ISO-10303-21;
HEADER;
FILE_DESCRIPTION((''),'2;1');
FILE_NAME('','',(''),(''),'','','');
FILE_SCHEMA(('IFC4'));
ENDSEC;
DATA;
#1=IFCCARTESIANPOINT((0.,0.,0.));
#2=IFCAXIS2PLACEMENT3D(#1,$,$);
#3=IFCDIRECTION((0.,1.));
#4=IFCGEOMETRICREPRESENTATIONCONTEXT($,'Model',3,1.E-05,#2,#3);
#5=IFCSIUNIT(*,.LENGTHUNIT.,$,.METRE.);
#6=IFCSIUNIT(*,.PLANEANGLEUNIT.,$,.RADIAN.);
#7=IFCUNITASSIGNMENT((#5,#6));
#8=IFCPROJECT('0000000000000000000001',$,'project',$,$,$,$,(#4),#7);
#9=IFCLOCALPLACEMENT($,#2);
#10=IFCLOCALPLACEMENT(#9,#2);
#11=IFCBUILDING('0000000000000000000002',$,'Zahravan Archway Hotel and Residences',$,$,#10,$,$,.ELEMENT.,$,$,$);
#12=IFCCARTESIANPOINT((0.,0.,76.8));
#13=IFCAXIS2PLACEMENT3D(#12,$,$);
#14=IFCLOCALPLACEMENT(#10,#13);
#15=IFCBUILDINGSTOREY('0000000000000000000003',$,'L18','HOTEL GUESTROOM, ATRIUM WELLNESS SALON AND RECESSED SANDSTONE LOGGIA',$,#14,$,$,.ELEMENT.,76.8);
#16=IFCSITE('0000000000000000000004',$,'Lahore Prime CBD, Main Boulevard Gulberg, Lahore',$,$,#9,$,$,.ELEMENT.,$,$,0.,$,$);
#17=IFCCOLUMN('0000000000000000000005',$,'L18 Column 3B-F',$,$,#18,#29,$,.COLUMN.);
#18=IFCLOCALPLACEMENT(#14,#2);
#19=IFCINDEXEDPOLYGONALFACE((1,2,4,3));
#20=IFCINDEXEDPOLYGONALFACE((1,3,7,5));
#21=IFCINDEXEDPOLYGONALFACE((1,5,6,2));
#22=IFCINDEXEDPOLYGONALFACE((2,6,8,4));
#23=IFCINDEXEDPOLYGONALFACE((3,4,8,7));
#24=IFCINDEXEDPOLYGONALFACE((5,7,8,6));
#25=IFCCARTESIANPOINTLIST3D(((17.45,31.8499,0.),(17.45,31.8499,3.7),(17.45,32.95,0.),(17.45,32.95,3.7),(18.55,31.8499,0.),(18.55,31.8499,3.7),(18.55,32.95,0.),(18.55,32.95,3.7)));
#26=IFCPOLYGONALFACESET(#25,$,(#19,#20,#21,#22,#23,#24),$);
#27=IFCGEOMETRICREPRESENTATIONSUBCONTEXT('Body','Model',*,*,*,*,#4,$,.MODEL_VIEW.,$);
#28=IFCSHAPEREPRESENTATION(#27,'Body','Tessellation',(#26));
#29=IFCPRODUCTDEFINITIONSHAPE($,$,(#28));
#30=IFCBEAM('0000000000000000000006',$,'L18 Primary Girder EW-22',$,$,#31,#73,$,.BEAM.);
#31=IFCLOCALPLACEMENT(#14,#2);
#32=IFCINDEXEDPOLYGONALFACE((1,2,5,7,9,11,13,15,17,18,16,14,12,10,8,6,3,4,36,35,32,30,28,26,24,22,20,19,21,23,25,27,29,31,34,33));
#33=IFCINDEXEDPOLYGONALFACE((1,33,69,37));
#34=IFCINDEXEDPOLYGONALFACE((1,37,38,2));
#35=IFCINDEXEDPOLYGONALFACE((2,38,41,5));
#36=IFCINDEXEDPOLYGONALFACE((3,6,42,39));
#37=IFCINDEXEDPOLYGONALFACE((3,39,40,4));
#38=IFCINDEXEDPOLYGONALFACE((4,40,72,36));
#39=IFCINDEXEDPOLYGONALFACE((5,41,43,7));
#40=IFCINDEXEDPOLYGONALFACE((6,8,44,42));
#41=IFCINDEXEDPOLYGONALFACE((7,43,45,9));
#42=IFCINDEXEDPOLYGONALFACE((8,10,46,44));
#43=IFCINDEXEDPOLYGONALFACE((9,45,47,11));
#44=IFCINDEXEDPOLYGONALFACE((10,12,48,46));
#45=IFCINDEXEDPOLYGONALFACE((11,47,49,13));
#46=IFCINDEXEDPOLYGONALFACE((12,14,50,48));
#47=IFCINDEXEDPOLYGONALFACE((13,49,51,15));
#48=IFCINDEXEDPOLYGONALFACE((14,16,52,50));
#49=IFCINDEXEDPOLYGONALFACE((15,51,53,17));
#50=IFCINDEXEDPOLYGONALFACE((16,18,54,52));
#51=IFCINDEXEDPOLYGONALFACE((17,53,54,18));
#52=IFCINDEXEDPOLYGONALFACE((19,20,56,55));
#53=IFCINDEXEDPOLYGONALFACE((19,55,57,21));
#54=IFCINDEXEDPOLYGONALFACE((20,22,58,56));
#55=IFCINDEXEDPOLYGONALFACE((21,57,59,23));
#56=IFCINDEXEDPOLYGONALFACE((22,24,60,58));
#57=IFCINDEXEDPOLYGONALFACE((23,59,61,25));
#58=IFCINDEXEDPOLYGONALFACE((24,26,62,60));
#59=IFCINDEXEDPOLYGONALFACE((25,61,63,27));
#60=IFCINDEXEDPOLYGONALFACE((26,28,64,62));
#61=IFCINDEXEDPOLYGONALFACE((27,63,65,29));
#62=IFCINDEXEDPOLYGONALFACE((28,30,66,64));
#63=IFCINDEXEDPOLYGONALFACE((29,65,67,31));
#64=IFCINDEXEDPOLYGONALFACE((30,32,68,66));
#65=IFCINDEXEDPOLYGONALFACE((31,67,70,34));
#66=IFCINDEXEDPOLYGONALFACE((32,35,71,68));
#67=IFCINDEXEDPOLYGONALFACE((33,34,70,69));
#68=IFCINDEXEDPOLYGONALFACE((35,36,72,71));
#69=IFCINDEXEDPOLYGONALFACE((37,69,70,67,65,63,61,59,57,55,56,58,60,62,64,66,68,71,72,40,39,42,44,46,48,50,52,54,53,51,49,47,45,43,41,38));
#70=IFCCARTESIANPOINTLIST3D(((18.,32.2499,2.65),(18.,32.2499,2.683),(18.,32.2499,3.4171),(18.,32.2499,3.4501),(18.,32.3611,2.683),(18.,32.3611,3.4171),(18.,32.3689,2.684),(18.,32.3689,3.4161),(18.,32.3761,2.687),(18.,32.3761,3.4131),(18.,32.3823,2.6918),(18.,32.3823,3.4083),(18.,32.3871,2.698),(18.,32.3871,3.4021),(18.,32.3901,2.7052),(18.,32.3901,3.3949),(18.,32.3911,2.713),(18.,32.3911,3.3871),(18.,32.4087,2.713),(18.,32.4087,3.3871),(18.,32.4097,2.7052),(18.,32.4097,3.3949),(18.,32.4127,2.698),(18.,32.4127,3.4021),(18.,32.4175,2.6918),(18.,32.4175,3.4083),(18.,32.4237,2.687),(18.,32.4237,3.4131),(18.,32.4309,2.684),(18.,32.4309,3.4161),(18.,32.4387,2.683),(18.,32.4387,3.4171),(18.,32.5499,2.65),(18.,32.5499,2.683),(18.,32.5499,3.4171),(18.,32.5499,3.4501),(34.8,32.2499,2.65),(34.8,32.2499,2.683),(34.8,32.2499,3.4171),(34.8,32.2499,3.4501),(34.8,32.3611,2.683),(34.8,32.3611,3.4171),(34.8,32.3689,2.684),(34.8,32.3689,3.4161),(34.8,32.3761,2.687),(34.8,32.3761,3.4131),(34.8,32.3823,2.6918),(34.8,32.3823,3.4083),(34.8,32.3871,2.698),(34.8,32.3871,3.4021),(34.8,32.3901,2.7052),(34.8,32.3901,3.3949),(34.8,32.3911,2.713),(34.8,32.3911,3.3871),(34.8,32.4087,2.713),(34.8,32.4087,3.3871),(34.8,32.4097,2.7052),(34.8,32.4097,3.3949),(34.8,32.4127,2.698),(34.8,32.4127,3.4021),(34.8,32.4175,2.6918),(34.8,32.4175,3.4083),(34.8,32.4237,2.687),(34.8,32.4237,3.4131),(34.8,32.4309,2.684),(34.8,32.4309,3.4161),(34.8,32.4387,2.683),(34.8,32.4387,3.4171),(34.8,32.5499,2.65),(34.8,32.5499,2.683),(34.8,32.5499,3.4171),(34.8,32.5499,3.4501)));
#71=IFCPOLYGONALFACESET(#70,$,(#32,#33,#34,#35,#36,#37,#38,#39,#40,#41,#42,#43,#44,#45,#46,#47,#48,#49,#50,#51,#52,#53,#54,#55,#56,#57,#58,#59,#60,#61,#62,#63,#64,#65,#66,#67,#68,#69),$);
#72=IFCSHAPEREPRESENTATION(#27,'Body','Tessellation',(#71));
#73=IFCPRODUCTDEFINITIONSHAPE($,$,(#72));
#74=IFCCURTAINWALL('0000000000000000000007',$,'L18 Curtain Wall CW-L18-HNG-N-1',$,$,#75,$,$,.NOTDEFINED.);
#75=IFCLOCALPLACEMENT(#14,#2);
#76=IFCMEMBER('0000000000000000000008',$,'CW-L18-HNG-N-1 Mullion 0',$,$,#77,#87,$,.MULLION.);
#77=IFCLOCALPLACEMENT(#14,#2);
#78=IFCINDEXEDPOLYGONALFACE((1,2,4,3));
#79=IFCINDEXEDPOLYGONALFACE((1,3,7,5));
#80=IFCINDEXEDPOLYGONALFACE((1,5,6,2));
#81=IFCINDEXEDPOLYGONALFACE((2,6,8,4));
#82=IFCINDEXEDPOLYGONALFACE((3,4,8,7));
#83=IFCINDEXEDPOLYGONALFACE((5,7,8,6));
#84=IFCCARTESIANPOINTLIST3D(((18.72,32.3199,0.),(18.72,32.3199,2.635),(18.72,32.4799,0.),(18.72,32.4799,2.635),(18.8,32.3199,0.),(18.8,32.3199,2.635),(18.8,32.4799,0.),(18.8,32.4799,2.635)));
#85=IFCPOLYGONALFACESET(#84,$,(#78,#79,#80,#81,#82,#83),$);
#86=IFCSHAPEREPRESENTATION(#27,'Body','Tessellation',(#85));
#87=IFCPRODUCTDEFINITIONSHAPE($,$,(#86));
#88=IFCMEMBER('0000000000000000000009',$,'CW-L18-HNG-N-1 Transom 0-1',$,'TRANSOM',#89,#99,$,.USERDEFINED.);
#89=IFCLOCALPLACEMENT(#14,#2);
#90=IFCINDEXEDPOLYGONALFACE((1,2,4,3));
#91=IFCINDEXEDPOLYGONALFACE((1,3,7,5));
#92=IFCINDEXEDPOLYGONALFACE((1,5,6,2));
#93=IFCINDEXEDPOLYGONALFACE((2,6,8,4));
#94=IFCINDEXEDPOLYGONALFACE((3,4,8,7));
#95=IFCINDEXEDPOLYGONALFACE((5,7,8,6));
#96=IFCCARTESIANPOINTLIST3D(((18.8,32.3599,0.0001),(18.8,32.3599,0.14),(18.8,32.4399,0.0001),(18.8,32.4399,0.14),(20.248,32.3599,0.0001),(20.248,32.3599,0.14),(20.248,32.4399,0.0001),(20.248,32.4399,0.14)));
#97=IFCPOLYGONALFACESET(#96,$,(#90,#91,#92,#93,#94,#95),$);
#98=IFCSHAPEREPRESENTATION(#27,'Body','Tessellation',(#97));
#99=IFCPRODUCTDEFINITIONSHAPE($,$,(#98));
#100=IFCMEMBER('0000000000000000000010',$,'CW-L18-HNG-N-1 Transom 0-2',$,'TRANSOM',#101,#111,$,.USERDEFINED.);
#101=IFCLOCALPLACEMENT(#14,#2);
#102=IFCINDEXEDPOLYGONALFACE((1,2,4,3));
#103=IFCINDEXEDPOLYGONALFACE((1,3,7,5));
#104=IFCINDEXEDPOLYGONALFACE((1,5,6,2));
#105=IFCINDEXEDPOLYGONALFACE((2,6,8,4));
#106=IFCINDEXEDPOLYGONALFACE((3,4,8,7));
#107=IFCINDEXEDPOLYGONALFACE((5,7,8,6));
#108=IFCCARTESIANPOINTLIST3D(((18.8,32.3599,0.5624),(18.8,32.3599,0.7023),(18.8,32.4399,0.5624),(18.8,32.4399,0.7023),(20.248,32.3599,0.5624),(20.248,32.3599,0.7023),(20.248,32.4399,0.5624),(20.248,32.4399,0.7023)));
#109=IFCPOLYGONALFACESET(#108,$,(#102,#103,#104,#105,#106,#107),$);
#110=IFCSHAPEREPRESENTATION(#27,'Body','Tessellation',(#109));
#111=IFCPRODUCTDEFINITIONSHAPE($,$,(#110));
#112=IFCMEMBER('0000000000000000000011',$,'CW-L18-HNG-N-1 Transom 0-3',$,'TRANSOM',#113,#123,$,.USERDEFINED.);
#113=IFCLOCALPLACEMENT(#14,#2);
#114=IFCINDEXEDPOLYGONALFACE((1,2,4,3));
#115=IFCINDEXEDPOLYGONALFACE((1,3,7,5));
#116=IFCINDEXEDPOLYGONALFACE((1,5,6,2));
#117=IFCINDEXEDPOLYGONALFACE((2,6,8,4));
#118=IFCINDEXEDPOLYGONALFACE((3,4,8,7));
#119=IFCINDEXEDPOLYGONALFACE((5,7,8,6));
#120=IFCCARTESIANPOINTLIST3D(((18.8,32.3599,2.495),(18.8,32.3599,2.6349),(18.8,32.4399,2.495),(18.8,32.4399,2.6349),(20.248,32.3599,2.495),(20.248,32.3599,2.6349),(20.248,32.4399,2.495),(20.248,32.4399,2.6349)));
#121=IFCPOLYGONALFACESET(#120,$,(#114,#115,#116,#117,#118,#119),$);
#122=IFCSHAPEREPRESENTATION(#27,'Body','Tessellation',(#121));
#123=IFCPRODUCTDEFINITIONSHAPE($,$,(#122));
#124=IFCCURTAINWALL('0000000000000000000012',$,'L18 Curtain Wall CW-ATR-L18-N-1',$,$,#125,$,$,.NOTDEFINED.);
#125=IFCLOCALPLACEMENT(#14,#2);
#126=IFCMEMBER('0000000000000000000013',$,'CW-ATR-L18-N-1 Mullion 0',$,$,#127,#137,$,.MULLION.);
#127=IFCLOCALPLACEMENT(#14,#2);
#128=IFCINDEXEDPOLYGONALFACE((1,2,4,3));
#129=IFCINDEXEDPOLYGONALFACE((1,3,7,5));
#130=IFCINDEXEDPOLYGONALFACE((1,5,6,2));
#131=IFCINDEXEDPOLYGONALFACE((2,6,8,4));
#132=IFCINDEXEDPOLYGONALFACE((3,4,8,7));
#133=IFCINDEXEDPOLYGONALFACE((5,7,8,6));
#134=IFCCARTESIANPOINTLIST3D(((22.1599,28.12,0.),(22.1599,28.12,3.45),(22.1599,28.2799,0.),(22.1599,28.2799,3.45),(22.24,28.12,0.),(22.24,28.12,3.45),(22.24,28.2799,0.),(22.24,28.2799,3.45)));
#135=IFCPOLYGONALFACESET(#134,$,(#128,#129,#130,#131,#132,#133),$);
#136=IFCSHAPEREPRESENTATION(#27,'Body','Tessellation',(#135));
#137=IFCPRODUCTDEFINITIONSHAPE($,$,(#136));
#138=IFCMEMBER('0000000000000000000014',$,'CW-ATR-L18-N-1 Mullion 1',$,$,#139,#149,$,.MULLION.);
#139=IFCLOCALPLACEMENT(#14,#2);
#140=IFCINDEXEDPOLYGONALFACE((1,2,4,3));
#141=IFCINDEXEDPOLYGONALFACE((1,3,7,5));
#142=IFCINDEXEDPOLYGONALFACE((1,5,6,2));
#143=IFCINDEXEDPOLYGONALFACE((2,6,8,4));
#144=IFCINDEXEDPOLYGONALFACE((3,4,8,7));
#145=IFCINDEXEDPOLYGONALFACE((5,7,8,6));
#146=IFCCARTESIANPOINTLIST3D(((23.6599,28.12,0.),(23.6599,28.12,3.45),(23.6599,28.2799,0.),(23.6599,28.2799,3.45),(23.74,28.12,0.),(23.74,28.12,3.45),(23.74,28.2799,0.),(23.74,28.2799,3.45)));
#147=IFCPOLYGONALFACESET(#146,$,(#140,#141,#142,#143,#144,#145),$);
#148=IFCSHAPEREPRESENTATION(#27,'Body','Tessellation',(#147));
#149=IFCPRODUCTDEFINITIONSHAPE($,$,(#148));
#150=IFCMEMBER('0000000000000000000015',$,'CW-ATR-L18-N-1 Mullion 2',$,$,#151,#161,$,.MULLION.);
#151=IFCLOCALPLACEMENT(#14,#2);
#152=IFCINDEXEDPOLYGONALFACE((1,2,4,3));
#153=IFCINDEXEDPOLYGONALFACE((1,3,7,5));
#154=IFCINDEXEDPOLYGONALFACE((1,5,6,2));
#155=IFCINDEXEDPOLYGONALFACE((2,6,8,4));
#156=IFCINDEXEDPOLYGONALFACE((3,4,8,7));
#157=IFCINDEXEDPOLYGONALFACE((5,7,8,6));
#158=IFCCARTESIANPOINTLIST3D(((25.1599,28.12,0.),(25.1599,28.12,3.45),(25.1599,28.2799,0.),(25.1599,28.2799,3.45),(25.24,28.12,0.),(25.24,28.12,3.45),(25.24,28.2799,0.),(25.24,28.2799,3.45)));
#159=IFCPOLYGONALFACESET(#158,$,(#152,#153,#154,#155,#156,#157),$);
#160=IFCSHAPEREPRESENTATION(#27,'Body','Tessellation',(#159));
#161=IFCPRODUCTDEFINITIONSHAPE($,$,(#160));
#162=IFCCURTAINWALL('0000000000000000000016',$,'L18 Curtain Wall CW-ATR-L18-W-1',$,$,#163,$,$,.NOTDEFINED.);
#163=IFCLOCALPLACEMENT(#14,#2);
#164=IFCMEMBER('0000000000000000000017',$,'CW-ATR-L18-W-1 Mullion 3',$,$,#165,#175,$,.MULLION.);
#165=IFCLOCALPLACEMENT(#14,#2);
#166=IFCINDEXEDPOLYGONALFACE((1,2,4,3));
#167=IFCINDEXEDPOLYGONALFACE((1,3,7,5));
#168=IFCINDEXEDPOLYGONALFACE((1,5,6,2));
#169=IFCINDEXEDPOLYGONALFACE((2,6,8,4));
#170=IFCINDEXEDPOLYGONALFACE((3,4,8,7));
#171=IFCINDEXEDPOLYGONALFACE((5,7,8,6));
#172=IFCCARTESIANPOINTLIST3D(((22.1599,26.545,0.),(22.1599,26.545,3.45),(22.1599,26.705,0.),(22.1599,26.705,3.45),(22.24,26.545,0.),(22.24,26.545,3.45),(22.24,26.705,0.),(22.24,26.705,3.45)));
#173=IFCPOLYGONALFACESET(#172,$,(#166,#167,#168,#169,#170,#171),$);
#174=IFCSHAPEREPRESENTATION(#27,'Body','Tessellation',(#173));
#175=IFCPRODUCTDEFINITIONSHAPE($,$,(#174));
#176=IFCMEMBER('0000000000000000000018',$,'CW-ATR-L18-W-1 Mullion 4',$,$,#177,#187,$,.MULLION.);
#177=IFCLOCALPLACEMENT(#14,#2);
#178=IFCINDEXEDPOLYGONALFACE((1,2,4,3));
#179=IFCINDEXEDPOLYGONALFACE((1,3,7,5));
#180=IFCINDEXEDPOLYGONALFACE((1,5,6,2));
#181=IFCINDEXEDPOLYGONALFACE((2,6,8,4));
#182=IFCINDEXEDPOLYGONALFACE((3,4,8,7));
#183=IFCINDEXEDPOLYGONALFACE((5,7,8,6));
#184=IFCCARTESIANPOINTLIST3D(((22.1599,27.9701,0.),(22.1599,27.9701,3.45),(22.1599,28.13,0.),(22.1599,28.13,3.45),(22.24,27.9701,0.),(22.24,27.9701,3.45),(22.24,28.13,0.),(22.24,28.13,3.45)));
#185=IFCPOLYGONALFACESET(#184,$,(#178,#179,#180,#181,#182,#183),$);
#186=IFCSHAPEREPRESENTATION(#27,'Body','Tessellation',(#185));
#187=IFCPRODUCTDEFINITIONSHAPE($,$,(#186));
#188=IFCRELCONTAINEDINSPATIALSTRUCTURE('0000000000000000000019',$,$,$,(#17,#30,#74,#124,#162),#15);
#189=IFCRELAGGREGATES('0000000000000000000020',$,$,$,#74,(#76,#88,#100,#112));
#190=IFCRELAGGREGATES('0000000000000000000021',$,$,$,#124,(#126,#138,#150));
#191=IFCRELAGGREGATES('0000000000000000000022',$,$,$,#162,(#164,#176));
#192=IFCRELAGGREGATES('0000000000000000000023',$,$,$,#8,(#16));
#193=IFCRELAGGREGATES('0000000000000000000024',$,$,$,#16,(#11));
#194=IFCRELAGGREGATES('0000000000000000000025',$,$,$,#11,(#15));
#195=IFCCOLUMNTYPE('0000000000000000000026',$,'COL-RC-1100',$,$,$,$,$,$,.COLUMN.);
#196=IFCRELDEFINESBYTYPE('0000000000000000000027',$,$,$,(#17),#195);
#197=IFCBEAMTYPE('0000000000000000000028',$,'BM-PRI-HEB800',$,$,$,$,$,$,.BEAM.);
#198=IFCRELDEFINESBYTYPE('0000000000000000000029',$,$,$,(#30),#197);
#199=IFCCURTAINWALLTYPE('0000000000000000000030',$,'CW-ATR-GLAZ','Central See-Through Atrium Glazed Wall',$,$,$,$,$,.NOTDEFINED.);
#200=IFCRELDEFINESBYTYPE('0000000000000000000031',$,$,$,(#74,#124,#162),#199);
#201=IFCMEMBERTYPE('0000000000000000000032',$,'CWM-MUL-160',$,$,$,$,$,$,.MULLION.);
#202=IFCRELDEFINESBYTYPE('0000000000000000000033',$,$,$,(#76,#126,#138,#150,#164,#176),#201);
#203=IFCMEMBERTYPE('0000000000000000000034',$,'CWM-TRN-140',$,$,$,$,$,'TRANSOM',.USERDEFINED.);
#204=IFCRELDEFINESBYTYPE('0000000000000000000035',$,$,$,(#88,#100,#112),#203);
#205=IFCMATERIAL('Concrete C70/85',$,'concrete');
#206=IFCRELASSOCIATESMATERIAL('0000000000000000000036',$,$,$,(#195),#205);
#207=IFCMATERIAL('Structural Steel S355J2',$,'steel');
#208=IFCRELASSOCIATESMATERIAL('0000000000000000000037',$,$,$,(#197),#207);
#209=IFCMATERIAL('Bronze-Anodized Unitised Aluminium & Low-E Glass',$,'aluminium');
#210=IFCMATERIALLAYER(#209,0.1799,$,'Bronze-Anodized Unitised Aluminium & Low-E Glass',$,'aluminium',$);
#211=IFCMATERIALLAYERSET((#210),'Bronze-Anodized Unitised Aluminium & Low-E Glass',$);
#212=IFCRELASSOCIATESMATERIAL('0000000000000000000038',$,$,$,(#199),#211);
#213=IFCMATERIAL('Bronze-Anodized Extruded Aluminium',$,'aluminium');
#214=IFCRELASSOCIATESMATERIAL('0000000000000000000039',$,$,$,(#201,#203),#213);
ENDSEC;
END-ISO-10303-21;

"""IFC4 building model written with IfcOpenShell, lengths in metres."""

from ifc_helpers import new_model, si_unit, direction, frame, origin, origin_2d, place, context, subcontext, project, spatial, rectangle, i_section, extrude, source, transform, mapped, material, layer, layer_set, material_profile, profile_set, type_object, type_shapes, element, aggregate, save


model = new_model("IFC4")

# Units and contexts
model_context = context("Model", 3, precision=1e-05, world=origin(), true_north=direction((0.0, 1.0)))
body_context = subcontext(model_context, "Body", "Model", "MODEL_VIEW")
ifc_project = project(units=[si_unit("LENGTHUNIT", "METRE"), si_unit("PLANEANGLEUNIT", "RADIAN")], contexts=[model_context])

# Site, building, storey
site_placement = place(None, origin())
site = spatial("IfcSite", under=ifc_project, at=site_placement, Name="Lahore Prime CBD, Main Boulevard Gulberg, Lahore", CompositionType="ELEMENT", RefElevation=0.0)
building_placement = place(site_placement, origin())
building = spatial("IfcBuilding", under=site, at=building_placement, Name="Zahravan Archway Hotel and Residences", CompositionType="ELEMENT")
storey_placement = place(building_placement, frame((0.0, 0.0, 76.8)))
storey = spatial("IfcBuildingStorey", under=building, at=storey_placement, Name="L18", Description="HOTEL GUESTROOM, ATRIUM WELLNESS SALON AND RECESSED SANDSTONE LOGGIA", CompositionType="ELEMENT", Elevation=76.8)

# Column
ifc_material_1 = material(Name="Concrete C70/85", Category="concrete")
ifc_material_profile_1 = material_profile(ifc_material_1, rectangle(XDim=1.1001, YDim=1.1001, at=origin_2d()), Name="RC 1100x1100", Category="concrete")
ifc_profile_set_1 = profile_set([ifc_material_profile_1], Name="Concrete C70/85")
column_type = type_object("IfcColumnType", Name="COL-RC-1100", PredefinedType="COLUMN", material=ifc_profile_set_1)
shared_shape_1 = source(origin(), body_context, "Body", "SweptSolid", [
    extrude(rectangle(XDim=1.1001, YDim=1.1001, at=origin_2d()), origin(), (0.0, 0.0, 1.0), 3.7),
])
column_placement = place(storey_placement, frame((18.0, 32.3999, 0.0), z_axis=(0.0, 0.0, 1.0), x_axis=(1.0, 0.0, 0.0)))
element("IfcColumn", 1, at=column_placement, inside=storey, type_object=column_type, Name="L18 Column 3B-F", PredefinedType="COLUMN", context=body_context, shape_type="MappedRepresentation", body=[
    mapped(shared_shape_1, transform((0.0, 0.0, 0.0), scale=1.0)),
])

# Beam
ifc_material_2 = material(Name="Structural Steel S355J2", Category="steel")
ifc_material_profile_2 = material_profile(ifc_material_2, i_section(OverallWidth=0.3, OverallDepth=0.8, WebThickness=0.0176, FlangeThickness=0.033, FilletRadius=0.03, at=origin_2d()), Name="HEB 800", Category="steel")
ifc_profile_set_2 = profile_set([ifc_material_profile_2], Name="Structural Steel S355J2")
beam_type = type_object("IfcBeamType", Name="BM-PRI-HEB800", PredefinedType="BEAM", material=ifc_profile_set_2)
shared_shape_2 = source(origin(), body_context, "Body", "SweptSolid", [
    extrude(i_section(OverallWidth=0.3, OverallDepth=0.8, WebThickness=0.0176, FlangeThickness=0.033, FilletRadius=0.03, at=origin_2d()), origin(), (0.0, 0.0, 1.0), 16.8),
])
type_shapes(beam_type, [shared_shape_2])
beam_placement = place(storey_placement, frame((18.0, 32.3999, 3.05), z_axis=(1.0, 0.0, 0.0), x_axis=(0.0, 1.0, 0.0)))
element("IfcBeam", 2, at=beam_placement, inside=storey, type_object=beam_type, Name="L18 Primary Girder EW-22", PredefinedType="BEAM", context=body_context, shape_type="MappedRepresentation", body=[
    mapped(shared_shape_2, transform((0.0, 0.0, 0.0), scale=1.0)),
])

# Curtain walls, members
ifc_material_3 = material(Name="Bronze-Anodized Unitised Aluminium & Low-E Glass", Category="aluminium")
ifc_layer_1 = layer(ifc_material_3, 0.1799, Name="Bronze-Anodized Unitised Aluminium & Low-E Glass", Category="aluminium")
ifc_layer_set_1 = layer_set([ifc_layer_1], Name="Bronze-Anodized Unitised Aluminium & Low-E Glass")
curtain_wall_type = type_object("IfcCurtainWallType", Name="CW-ATR-GLAZ", Description="Central See-Through Atrium Glazed Wall", PredefinedType="NOTDEFINED", material=ifc_layer_set_1)
curtain_wall_1_placement = place(storey_placement, origin())
curtain_wall_1 = element("IfcCurtainWall", 3, at=curtain_wall_1_placement, inside=storey, type_object=curtain_wall_type, Name="L18 Curtain Wall CW-L18-HNG-N-1", PredefinedType="NOTDEFINED")
ifc_material_4 = material(Name="Bronze-Anodized Extruded Aluminium", Category="aluminium")
ifc_material_profile_3 = material_profile(ifc_material_4, rectangle(XDim=0.0801, YDim=0.1599, at=origin_2d()), Name="MUL 80x160", Category="aluminium")
ifc_profile_set_3 = profile_set([ifc_material_profile_3], Name="Bronze-Anodized Extruded Aluminium")
member_type_1 = type_object("IfcMemberType", Name="CWM-MUL-160", PredefinedType="MULLION", material=ifc_profile_set_3)
shared_shape_3 = source(origin(), body_context, "Body", "SweptSolid", [
    extrude(rectangle(XDim=0.0801, YDim=0.1599, at=origin_2d()), origin(), (0.0, 0.0, 1.0), 2.635),
])
member_1_placement = place(storey_placement, frame((18.76, 32.3999, 0.0), z_axis=(0.0, 0.0, 1.0), x_axis=(1.0, 0.0, 0.0)))
member_1 = element("IfcMember", 4, at=member_1_placement, type_object=member_type_1, Name="CW-L18-HNG-N-1 Mullion 0", PredefinedType="MULLION", context=body_context, shape_type="MappedRepresentation", body=[
    mapped(shared_shape_3, transform((0.0, 0.0, 0.0), scale=1.0)),
])
ifc_material_profile_4 = material_profile(ifc_material_4, rectangle(XDim=0.0801, YDim=0.1399, at=origin_2d()), Name="TRN 80x140", Category="aluminium")
ifc_profile_set_4 = profile_set([ifc_material_profile_4], Name="Bronze-Anodized Extruded Aluminium")
member_type_2 = type_object("IfcMemberType", Name="CWM-TRN-140", ElementType="TRANSOM", PredefinedType="USERDEFINED", material=ifc_profile_set_4)
shared_shape_4 = source(origin(), body_context, "Body", "SweptSolid", [
    extrude(rectangle(XDim=0.0801, YDim=0.1399, at=origin_2d()), origin(), (0.0, 0.0, 1.0), 1.448),
])
member_2_placement = place(storey_placement, frame((18.8, 32.3999, 0.0701), z_axis=(1.0, 0.0, 0.0), x_axis=(0.0, 1.0, 0.0)))
member_2 = element("IfcMember", 5, at=member_2_placement, type_object=member_type_2, Name="CW-L18-HNG-N-1 Transom 0-1", ObjectType="TRANSOM", PredefinedType="USERDEFINED", context=body_context, shape_type="MappedRepresentation", body=[
    mapped(shared_shape_4, transform((0.0, 0.0, 0.0), scale=1.0)),
])
member_3_placement = place(storey_placement, frame((18.8, 32.3999, 0.6323), z_axis=(1.0, 0.0, 0.0), x_axis=(0.0, 1.0, 0.0)))
member_3 = element("IfcMember", 6, at=member_3_placement, type_object=member_type_2, Name="CW-L18-HNG-N-1 Transom 0-2", ObjectType="TRANSOM", PredefinedType="USERDEFINED", context=body_context, shape_type="MappedRepresentation", body=[
    mapped(shared_shape_4, transform((0.0, 0.0, 0.0), scale=1.0)),
])
member_4_placement = place(storey_placement, frame((18.8, 32.3999, 2.5649), z_axis=(1.0, 0.0, 0.0), x_axis=(0.0, 1.0, 0.0)))
member_4 = element("IfcMember", 7, at=member_4_placement, type_object=member_type_2, Name="CW-L18-HNG-N-1 Transom 0-3", ObjectType="TRANSOM", PredefinedType="USERDEFINED", context=body_context, shape_type="MappedRepresentation", body=[
    mapped(shared_shape_4, transform((0.0, 0.0, 0.0), scale=1.0)),
])
curtain_wall_2_placement = place(storey_placement, origin())
curtain_wall_2 = element("IfcCurtainWall", 8, at=curtain_wall_2_placement, inside=storey, type_object=curtain_wall_type, Name="L18 Curtain Wall CW-ATR-L18-N-1", PredefinedType="NOTDEFINED")
shared_shape_5 = source(origin(), body_context, "Body", "SweptSolid", [
    extrude(rectangle(XDim=0.0801, YDim=0.1599, at=origin_2d()), origin(), (0.0, 0.0, 1.0), 3.45),
])
member_5_placement = place(storey_placement, frame((22.2, 28.2, 0.0), z_axis=(0.0, 0.0, 1.0), x_axis=(1.0, 0.0, 0.0)))
member_5 = element("IfcMember", 9, at=member_5_placement, type_object=member_type_1, Name="CW-ATR-L18-N-1 Mullion 0", PredefinedType="MULLION", context=body_context, shape_type="MappedRepresentation", body=[
    mapped(shared_shape_5, transform((0.0, 0.0, 0.0), scale=1.0)),
])
member_6_placement = place(storey_placement, frame((23.7, 28.2, 0.0), z_axis=(0.0, 0.0, 1.0), x_axis=(1.0, 0.0, 0.0)))
member_6 = element("IfcMember", 10, at=member_6_placement, type_object=member_type_1, Name="CW-ATR-L18-N-1 Mullion 1", PredefinedType="MULLION", context=body_context, shape_type="MappedRepresentation", body=[
    mapped(shared_shape_5, transform((0.0, 0.0, 0.0), scale=1.0)),
])
member_7_placement = place(storey_placement, frame((25.2, 28.2, 0.0), z_axis=(0.0, 0.0, 1.0), x_axis=(1.0, 0.0, 0.0)))
member_7 = element("IfcMember", 11, at=member_7_placement, type_object=member_type_1, Name="CW-ATR-L18-N-1 Mullion 2", PredefinedType="MULLION", context=body_context, shape_type="MappedRepresentation", body=[
    mapped(shared_shape_5, transform((0.0, 0.0, 0.0), scale=1.0)),
])
curtain_wall_3_placement = place(storey_placement, origin())
curtain_wall_3 = element("IfcCurtainWall", 12, at=curtain_wall_3_placement, inside=storey, type_object=curtain_wall_type, Name="L18 Curtain Wall CW-ATR-L18-W-1", PredefinedType="NOTDEFINED")
member_8_placement = place(storey_placement, frame((22.2, 26.625, 0.0), z_axis=(0.0, 0.0, 1.0), x_axis=(1.0, 0.0, 0.0)))
member_8 = element("IfcMember", 13, at=member_8_placement, type_object=member_type_1, Name="CW-ATR-L18-W-1 Mullion 3", PredefinedType="MULLION", context=body_context, shape_type="MappedRepresentation", body=[
    mapped(shared_shape_5, transform((0.0, 0.0, 0.0), scale=1.0)),
])
member_9_placement = place(storey_placement, frame((22.2, 28.05, 0.0), z_axis=(0.0, 0.0, 1.0), x_axis=(1.0, 0.0, 0.0)))
member_9 = element("IfcMember", 14, at=member_9_placement, type_object=member_type_1, Name="CW-ATR-L18-W-1 Mullion 4", PredefinedType="MULLION", context=body_context, shape_type="MappedRepresentation", body=[
    mapped(shared_shape_5, transform((0.0, 0.0, 0.0), scale=1.0)),
])

aggregate(curtain_wall_1, [member_1, member_2, member_3, member_4])
aggregate(curtain_wall_2, [member_5, member_6, member_7])
aggregate(curtain_wall_3, [member_8, member_9])

save(model, "model.ifc")
